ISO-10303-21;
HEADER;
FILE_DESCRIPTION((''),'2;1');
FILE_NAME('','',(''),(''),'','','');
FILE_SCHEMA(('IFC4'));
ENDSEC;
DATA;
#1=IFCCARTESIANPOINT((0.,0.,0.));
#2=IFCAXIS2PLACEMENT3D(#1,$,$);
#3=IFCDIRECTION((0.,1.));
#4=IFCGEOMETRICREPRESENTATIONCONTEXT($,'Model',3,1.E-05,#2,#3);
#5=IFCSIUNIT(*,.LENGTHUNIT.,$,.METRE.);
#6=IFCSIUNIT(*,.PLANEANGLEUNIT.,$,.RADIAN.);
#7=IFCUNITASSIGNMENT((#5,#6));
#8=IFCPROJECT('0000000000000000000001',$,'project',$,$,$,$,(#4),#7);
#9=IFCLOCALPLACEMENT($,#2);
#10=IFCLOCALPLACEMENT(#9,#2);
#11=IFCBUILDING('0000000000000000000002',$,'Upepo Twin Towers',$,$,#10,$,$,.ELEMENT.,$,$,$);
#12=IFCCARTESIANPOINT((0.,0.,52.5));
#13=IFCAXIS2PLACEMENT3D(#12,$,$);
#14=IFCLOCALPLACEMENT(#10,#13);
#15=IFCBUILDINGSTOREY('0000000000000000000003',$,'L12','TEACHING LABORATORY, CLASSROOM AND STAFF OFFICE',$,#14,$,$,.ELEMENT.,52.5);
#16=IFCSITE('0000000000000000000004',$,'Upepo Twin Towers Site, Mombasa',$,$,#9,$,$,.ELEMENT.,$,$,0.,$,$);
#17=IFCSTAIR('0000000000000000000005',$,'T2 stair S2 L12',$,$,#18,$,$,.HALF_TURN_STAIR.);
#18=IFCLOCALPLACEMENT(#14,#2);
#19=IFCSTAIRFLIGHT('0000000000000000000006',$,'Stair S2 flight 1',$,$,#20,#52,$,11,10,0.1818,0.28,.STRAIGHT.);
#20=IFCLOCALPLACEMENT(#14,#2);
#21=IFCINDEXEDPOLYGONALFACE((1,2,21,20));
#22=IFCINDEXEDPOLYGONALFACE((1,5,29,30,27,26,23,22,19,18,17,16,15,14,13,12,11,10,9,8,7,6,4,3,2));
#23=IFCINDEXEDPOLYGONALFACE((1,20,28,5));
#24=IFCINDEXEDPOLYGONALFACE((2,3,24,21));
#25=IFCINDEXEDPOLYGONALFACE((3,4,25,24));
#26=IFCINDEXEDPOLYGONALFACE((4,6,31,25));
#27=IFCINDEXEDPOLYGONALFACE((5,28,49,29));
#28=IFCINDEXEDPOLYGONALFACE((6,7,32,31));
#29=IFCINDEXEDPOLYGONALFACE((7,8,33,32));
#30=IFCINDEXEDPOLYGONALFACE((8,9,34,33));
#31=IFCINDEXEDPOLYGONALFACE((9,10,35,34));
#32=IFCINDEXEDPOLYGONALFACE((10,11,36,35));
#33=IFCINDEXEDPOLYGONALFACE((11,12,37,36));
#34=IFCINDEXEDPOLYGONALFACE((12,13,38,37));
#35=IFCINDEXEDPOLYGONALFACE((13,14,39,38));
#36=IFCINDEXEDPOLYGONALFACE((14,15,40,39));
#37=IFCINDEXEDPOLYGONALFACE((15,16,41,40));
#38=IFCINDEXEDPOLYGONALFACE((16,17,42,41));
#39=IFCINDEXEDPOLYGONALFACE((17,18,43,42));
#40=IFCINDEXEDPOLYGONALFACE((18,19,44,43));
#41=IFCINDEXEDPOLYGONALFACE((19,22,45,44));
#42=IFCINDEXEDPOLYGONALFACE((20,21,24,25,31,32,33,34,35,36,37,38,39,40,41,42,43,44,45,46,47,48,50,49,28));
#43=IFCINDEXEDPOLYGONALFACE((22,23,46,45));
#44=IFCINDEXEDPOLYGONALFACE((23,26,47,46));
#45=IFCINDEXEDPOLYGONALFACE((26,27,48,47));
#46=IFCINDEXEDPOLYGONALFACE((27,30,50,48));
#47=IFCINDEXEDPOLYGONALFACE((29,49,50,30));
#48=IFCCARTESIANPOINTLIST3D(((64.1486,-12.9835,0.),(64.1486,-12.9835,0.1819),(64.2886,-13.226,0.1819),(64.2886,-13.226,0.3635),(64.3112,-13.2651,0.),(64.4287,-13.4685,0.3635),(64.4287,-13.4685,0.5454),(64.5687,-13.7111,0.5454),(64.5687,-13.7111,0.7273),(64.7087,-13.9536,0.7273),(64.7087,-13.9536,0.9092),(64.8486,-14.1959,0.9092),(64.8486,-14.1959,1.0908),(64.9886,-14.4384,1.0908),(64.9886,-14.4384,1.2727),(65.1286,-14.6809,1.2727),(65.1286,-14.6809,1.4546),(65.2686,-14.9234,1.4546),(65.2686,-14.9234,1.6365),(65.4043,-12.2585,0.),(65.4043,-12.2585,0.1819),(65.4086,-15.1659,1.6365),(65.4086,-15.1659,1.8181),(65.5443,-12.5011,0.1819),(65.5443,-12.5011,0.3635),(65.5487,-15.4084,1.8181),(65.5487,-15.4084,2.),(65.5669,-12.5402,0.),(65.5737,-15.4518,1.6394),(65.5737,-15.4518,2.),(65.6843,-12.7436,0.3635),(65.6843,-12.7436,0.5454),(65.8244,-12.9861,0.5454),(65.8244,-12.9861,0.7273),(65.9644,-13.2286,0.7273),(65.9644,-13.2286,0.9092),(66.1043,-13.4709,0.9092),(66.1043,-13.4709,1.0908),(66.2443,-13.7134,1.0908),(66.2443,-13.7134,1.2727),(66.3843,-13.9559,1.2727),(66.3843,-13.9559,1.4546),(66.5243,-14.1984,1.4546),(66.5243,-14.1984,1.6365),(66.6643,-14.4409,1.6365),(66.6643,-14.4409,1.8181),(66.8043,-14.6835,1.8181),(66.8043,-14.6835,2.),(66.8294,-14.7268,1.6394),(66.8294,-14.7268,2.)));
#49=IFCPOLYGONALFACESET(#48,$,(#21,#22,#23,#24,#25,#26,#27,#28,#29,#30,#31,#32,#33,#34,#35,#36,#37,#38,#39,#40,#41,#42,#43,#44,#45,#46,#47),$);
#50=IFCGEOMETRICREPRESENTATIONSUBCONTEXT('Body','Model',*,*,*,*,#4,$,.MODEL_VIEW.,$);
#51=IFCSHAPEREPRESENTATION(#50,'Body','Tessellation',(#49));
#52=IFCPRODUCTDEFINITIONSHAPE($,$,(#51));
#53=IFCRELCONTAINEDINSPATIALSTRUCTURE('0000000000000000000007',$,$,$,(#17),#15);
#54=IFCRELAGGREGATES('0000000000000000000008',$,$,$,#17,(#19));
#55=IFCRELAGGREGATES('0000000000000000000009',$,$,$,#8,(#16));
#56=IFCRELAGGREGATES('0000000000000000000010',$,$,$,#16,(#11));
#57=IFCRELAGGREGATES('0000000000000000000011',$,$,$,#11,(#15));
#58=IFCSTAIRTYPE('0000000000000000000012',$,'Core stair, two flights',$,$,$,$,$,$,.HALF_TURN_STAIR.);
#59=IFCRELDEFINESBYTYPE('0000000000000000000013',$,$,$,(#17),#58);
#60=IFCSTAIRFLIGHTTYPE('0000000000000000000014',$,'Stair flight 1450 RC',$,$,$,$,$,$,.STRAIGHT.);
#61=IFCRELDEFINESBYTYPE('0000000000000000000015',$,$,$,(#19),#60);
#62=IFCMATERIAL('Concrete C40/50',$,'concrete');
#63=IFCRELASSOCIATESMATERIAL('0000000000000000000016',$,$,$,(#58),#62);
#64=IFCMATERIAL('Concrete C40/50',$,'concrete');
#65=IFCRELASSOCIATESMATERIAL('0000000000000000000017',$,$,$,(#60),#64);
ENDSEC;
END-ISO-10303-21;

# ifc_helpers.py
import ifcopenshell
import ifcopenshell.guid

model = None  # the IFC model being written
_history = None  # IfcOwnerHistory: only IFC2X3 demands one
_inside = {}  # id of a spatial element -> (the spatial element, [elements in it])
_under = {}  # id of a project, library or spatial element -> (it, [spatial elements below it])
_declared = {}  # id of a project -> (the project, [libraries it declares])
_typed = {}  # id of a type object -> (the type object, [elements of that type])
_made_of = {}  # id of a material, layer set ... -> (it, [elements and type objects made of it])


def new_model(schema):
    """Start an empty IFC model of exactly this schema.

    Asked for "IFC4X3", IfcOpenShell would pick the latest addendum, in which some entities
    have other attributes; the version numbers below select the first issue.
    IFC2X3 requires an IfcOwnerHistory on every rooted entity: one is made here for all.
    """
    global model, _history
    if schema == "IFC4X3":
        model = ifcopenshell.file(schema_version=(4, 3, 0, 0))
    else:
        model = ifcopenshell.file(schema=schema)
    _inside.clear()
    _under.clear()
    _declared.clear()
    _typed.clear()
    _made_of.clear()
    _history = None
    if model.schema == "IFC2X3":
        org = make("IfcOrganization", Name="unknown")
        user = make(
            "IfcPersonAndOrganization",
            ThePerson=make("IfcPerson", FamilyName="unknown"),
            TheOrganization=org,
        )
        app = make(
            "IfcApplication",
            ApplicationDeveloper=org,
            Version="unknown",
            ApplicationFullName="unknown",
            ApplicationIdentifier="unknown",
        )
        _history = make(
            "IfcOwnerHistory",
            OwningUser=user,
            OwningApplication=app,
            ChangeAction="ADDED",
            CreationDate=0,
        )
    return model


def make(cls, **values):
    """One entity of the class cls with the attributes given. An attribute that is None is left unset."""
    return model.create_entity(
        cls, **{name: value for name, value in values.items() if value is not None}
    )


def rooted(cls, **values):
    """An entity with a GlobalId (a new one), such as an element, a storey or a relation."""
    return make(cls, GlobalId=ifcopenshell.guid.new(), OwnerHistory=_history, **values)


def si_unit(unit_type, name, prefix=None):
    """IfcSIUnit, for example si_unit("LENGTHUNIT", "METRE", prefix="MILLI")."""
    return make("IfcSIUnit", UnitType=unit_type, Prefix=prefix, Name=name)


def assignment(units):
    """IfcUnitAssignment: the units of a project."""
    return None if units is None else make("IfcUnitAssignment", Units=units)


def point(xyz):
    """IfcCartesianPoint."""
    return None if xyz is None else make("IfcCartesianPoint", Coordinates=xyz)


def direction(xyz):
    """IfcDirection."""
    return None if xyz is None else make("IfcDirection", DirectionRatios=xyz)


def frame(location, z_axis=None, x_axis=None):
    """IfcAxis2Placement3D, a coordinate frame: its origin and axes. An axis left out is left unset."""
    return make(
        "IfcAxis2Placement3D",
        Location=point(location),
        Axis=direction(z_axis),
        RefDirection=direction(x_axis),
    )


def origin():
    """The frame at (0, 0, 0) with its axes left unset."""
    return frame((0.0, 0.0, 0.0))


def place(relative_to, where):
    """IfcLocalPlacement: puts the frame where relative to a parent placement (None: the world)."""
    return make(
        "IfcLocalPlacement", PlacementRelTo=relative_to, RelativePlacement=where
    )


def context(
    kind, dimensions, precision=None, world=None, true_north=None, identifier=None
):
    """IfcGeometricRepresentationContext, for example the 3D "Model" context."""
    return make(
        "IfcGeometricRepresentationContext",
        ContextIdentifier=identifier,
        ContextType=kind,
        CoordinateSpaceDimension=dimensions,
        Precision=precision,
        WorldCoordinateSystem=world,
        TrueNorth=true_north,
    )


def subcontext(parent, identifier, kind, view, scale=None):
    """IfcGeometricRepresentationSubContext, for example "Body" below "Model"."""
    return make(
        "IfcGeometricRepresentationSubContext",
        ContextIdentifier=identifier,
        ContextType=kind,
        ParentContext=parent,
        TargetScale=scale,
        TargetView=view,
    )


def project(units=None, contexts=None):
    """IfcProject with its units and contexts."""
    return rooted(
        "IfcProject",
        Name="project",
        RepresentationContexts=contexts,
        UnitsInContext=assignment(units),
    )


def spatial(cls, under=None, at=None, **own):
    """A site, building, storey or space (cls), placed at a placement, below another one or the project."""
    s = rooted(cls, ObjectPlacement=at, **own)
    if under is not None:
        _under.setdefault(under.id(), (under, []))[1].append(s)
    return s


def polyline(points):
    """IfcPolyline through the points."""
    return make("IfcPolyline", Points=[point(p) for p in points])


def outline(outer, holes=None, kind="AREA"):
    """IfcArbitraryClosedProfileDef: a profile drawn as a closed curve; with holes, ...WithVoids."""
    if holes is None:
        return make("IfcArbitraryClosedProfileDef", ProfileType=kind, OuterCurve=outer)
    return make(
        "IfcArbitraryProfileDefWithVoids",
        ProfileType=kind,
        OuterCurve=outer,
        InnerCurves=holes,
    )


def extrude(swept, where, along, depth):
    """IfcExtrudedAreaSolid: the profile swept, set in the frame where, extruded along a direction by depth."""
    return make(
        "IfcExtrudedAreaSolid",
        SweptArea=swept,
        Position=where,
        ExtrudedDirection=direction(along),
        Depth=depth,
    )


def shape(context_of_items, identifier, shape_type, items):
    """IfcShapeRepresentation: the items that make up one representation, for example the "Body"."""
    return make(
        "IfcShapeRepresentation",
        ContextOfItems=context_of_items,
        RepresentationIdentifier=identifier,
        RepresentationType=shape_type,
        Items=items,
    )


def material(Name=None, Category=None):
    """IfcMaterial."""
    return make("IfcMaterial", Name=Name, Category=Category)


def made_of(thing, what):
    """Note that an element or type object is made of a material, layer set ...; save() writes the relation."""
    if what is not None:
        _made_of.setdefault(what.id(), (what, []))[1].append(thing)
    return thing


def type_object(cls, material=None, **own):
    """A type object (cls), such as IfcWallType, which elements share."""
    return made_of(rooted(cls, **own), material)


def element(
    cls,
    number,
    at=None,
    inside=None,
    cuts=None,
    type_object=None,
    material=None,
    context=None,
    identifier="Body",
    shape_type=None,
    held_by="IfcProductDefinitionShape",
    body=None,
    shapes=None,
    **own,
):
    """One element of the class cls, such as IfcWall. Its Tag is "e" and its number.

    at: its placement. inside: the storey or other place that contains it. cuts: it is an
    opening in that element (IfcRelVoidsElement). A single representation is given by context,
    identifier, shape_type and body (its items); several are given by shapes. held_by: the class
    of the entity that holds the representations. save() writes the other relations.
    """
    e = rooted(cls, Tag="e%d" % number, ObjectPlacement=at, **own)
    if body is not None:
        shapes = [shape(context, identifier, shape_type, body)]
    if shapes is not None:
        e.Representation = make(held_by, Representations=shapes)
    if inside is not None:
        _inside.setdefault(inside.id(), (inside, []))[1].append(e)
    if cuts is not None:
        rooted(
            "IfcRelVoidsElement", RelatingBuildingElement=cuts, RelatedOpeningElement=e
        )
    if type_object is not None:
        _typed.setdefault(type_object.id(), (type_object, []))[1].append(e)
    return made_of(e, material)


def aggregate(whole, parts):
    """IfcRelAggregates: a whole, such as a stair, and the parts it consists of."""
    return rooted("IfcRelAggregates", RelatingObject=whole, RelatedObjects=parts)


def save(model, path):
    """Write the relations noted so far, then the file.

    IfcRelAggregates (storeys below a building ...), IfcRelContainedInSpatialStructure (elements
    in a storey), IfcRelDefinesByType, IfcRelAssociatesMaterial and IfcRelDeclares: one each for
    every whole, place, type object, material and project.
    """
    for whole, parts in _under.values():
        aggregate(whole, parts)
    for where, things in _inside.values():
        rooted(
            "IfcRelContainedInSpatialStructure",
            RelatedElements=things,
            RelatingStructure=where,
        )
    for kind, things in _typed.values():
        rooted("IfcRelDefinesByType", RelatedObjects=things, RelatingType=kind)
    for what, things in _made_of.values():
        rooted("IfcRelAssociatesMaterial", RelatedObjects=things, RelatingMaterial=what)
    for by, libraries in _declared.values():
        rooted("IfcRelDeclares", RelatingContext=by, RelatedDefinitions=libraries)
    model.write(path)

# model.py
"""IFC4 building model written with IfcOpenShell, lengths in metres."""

from ifc_helpers import new_model, si_unit, direction, frame, origin, place, context, subcontext, project, spatial, polyline, outline, extrude, material, type_object, element, aggregate, save


model = new_model("IFC4")

# Units and contexts
model_context = context("Model", 3, precision=1e-05, world=origin(), true_north=direction((0.0, 1.0)))
body_context = subcontext(model_context, "Body", "Model", "MODEL_VIEW")
ifc_project = project(units=[si_unit("LENGTHUNIT", "METRE"), si_unit("PLANEANGLEUNIT", "RADIAN")], contexts=[model_context])

# Site, building, storey
site_placement = place(None, origin())
site = spatial("IfcSite", under=ifc_project, at=site_placement, Name="Upepo Twin Towers Site, Mombasa", CompositionType="ELEMENT", RefElevation=0.0)
building_placement = place(site_placement, origin())
building = spatial("IfcBuilding", under=site, at=building_placement, Name="Upepo Twin Towers", CompositionType="ELEMENT")
storey_placement = place(building_placement, frame((0.0, 0.0, 52.5)))
storey = spatial("IfcBuildingStorey", under=building, at=storey_placement, Name="L12", Description="TEACHING LABORATORY, CLASSROOM AND STAFF OFFICE", CompositionType="ELEMENT", Elevation=52.5)

# Stair, stair flight
ifc_material_1 = material(Name="Concrete C40/50", Category="concrete")
stair_type = type_object("IfcStairType", Name="Core stair, two flights", PredefinedType="HALF_TURN_STAIR", material=ifc_material_1)
stair_placement = place(storey_placement, origin())
stair = element("IfcStair", 1, at=stair_placement, inside=storey, type_object=stair_type, Name="T2 stair S2 L12", PredefinedType="HALF_TURN_STAIR")
ifc_material_2 = material(Name="Concrete C40/50", Category="concrete")
stair_flight_type = type_object("IfcStairFlightType", Name="Stair flight 1450 RC", PredefinedType="STRAIGHT", material=ifc_material_2)
stair_flight_placement = place(storey_placement, frame((64.7764, -12.6211, 0.0), z_axis=(0.0, 0.0, 1.0), x_axis=(0.5, -0.866025, 0.0)))
stair_flight = element("IfcStairFlight", 2, at=stair_flight_placement, type_object=stair_flight_type, Name="Stair S2 flight 1", NumberOfRisers=11, NumberOfTreads=10, PredefinedType="STRAIGHT", RiserHeight=0.1818, TreadLength=0.28, context=body_context, shape_type="SweptSolid", body=[
    extrude(outline(polyline([(0.0, 0.0), (0.0, 0.1819), (0.28, 0.1819), (0.28, 0.3635), (0.5601, 0.3635), (0.5601, 0.5454), (0.8401, 0.5454), (0.8401, 0.7273), (1.1201, 0.7273), (1.1201, 0.9092), (1.3999, 0.9092), (1.3999, 1.0908), (1.6799, 1.0908), (1.6799, 1.2727), (1.96, 1.2727), (1.96, 1.4546), (2.24, 1.4546), (2.24, 1.6365), (2.52, 1.6365), (2.52, 1.8181), (2.8, 1.8181), (2.8, 2.0), (2.8501, 2.0), (2.8501, 1.6394), (0.3252, 0.0), (0.0, 0.0)])), frame((0.0, 0.7251, 0.0), z_axis=(0.0, -1.0, 0.0), x_axis=(1.0, 0.0, 0.0)), (0.0, 0.0, 1.0), 1.45),
])
aggregate(stair, [stair_flight])

save(model, "model.ifc")
